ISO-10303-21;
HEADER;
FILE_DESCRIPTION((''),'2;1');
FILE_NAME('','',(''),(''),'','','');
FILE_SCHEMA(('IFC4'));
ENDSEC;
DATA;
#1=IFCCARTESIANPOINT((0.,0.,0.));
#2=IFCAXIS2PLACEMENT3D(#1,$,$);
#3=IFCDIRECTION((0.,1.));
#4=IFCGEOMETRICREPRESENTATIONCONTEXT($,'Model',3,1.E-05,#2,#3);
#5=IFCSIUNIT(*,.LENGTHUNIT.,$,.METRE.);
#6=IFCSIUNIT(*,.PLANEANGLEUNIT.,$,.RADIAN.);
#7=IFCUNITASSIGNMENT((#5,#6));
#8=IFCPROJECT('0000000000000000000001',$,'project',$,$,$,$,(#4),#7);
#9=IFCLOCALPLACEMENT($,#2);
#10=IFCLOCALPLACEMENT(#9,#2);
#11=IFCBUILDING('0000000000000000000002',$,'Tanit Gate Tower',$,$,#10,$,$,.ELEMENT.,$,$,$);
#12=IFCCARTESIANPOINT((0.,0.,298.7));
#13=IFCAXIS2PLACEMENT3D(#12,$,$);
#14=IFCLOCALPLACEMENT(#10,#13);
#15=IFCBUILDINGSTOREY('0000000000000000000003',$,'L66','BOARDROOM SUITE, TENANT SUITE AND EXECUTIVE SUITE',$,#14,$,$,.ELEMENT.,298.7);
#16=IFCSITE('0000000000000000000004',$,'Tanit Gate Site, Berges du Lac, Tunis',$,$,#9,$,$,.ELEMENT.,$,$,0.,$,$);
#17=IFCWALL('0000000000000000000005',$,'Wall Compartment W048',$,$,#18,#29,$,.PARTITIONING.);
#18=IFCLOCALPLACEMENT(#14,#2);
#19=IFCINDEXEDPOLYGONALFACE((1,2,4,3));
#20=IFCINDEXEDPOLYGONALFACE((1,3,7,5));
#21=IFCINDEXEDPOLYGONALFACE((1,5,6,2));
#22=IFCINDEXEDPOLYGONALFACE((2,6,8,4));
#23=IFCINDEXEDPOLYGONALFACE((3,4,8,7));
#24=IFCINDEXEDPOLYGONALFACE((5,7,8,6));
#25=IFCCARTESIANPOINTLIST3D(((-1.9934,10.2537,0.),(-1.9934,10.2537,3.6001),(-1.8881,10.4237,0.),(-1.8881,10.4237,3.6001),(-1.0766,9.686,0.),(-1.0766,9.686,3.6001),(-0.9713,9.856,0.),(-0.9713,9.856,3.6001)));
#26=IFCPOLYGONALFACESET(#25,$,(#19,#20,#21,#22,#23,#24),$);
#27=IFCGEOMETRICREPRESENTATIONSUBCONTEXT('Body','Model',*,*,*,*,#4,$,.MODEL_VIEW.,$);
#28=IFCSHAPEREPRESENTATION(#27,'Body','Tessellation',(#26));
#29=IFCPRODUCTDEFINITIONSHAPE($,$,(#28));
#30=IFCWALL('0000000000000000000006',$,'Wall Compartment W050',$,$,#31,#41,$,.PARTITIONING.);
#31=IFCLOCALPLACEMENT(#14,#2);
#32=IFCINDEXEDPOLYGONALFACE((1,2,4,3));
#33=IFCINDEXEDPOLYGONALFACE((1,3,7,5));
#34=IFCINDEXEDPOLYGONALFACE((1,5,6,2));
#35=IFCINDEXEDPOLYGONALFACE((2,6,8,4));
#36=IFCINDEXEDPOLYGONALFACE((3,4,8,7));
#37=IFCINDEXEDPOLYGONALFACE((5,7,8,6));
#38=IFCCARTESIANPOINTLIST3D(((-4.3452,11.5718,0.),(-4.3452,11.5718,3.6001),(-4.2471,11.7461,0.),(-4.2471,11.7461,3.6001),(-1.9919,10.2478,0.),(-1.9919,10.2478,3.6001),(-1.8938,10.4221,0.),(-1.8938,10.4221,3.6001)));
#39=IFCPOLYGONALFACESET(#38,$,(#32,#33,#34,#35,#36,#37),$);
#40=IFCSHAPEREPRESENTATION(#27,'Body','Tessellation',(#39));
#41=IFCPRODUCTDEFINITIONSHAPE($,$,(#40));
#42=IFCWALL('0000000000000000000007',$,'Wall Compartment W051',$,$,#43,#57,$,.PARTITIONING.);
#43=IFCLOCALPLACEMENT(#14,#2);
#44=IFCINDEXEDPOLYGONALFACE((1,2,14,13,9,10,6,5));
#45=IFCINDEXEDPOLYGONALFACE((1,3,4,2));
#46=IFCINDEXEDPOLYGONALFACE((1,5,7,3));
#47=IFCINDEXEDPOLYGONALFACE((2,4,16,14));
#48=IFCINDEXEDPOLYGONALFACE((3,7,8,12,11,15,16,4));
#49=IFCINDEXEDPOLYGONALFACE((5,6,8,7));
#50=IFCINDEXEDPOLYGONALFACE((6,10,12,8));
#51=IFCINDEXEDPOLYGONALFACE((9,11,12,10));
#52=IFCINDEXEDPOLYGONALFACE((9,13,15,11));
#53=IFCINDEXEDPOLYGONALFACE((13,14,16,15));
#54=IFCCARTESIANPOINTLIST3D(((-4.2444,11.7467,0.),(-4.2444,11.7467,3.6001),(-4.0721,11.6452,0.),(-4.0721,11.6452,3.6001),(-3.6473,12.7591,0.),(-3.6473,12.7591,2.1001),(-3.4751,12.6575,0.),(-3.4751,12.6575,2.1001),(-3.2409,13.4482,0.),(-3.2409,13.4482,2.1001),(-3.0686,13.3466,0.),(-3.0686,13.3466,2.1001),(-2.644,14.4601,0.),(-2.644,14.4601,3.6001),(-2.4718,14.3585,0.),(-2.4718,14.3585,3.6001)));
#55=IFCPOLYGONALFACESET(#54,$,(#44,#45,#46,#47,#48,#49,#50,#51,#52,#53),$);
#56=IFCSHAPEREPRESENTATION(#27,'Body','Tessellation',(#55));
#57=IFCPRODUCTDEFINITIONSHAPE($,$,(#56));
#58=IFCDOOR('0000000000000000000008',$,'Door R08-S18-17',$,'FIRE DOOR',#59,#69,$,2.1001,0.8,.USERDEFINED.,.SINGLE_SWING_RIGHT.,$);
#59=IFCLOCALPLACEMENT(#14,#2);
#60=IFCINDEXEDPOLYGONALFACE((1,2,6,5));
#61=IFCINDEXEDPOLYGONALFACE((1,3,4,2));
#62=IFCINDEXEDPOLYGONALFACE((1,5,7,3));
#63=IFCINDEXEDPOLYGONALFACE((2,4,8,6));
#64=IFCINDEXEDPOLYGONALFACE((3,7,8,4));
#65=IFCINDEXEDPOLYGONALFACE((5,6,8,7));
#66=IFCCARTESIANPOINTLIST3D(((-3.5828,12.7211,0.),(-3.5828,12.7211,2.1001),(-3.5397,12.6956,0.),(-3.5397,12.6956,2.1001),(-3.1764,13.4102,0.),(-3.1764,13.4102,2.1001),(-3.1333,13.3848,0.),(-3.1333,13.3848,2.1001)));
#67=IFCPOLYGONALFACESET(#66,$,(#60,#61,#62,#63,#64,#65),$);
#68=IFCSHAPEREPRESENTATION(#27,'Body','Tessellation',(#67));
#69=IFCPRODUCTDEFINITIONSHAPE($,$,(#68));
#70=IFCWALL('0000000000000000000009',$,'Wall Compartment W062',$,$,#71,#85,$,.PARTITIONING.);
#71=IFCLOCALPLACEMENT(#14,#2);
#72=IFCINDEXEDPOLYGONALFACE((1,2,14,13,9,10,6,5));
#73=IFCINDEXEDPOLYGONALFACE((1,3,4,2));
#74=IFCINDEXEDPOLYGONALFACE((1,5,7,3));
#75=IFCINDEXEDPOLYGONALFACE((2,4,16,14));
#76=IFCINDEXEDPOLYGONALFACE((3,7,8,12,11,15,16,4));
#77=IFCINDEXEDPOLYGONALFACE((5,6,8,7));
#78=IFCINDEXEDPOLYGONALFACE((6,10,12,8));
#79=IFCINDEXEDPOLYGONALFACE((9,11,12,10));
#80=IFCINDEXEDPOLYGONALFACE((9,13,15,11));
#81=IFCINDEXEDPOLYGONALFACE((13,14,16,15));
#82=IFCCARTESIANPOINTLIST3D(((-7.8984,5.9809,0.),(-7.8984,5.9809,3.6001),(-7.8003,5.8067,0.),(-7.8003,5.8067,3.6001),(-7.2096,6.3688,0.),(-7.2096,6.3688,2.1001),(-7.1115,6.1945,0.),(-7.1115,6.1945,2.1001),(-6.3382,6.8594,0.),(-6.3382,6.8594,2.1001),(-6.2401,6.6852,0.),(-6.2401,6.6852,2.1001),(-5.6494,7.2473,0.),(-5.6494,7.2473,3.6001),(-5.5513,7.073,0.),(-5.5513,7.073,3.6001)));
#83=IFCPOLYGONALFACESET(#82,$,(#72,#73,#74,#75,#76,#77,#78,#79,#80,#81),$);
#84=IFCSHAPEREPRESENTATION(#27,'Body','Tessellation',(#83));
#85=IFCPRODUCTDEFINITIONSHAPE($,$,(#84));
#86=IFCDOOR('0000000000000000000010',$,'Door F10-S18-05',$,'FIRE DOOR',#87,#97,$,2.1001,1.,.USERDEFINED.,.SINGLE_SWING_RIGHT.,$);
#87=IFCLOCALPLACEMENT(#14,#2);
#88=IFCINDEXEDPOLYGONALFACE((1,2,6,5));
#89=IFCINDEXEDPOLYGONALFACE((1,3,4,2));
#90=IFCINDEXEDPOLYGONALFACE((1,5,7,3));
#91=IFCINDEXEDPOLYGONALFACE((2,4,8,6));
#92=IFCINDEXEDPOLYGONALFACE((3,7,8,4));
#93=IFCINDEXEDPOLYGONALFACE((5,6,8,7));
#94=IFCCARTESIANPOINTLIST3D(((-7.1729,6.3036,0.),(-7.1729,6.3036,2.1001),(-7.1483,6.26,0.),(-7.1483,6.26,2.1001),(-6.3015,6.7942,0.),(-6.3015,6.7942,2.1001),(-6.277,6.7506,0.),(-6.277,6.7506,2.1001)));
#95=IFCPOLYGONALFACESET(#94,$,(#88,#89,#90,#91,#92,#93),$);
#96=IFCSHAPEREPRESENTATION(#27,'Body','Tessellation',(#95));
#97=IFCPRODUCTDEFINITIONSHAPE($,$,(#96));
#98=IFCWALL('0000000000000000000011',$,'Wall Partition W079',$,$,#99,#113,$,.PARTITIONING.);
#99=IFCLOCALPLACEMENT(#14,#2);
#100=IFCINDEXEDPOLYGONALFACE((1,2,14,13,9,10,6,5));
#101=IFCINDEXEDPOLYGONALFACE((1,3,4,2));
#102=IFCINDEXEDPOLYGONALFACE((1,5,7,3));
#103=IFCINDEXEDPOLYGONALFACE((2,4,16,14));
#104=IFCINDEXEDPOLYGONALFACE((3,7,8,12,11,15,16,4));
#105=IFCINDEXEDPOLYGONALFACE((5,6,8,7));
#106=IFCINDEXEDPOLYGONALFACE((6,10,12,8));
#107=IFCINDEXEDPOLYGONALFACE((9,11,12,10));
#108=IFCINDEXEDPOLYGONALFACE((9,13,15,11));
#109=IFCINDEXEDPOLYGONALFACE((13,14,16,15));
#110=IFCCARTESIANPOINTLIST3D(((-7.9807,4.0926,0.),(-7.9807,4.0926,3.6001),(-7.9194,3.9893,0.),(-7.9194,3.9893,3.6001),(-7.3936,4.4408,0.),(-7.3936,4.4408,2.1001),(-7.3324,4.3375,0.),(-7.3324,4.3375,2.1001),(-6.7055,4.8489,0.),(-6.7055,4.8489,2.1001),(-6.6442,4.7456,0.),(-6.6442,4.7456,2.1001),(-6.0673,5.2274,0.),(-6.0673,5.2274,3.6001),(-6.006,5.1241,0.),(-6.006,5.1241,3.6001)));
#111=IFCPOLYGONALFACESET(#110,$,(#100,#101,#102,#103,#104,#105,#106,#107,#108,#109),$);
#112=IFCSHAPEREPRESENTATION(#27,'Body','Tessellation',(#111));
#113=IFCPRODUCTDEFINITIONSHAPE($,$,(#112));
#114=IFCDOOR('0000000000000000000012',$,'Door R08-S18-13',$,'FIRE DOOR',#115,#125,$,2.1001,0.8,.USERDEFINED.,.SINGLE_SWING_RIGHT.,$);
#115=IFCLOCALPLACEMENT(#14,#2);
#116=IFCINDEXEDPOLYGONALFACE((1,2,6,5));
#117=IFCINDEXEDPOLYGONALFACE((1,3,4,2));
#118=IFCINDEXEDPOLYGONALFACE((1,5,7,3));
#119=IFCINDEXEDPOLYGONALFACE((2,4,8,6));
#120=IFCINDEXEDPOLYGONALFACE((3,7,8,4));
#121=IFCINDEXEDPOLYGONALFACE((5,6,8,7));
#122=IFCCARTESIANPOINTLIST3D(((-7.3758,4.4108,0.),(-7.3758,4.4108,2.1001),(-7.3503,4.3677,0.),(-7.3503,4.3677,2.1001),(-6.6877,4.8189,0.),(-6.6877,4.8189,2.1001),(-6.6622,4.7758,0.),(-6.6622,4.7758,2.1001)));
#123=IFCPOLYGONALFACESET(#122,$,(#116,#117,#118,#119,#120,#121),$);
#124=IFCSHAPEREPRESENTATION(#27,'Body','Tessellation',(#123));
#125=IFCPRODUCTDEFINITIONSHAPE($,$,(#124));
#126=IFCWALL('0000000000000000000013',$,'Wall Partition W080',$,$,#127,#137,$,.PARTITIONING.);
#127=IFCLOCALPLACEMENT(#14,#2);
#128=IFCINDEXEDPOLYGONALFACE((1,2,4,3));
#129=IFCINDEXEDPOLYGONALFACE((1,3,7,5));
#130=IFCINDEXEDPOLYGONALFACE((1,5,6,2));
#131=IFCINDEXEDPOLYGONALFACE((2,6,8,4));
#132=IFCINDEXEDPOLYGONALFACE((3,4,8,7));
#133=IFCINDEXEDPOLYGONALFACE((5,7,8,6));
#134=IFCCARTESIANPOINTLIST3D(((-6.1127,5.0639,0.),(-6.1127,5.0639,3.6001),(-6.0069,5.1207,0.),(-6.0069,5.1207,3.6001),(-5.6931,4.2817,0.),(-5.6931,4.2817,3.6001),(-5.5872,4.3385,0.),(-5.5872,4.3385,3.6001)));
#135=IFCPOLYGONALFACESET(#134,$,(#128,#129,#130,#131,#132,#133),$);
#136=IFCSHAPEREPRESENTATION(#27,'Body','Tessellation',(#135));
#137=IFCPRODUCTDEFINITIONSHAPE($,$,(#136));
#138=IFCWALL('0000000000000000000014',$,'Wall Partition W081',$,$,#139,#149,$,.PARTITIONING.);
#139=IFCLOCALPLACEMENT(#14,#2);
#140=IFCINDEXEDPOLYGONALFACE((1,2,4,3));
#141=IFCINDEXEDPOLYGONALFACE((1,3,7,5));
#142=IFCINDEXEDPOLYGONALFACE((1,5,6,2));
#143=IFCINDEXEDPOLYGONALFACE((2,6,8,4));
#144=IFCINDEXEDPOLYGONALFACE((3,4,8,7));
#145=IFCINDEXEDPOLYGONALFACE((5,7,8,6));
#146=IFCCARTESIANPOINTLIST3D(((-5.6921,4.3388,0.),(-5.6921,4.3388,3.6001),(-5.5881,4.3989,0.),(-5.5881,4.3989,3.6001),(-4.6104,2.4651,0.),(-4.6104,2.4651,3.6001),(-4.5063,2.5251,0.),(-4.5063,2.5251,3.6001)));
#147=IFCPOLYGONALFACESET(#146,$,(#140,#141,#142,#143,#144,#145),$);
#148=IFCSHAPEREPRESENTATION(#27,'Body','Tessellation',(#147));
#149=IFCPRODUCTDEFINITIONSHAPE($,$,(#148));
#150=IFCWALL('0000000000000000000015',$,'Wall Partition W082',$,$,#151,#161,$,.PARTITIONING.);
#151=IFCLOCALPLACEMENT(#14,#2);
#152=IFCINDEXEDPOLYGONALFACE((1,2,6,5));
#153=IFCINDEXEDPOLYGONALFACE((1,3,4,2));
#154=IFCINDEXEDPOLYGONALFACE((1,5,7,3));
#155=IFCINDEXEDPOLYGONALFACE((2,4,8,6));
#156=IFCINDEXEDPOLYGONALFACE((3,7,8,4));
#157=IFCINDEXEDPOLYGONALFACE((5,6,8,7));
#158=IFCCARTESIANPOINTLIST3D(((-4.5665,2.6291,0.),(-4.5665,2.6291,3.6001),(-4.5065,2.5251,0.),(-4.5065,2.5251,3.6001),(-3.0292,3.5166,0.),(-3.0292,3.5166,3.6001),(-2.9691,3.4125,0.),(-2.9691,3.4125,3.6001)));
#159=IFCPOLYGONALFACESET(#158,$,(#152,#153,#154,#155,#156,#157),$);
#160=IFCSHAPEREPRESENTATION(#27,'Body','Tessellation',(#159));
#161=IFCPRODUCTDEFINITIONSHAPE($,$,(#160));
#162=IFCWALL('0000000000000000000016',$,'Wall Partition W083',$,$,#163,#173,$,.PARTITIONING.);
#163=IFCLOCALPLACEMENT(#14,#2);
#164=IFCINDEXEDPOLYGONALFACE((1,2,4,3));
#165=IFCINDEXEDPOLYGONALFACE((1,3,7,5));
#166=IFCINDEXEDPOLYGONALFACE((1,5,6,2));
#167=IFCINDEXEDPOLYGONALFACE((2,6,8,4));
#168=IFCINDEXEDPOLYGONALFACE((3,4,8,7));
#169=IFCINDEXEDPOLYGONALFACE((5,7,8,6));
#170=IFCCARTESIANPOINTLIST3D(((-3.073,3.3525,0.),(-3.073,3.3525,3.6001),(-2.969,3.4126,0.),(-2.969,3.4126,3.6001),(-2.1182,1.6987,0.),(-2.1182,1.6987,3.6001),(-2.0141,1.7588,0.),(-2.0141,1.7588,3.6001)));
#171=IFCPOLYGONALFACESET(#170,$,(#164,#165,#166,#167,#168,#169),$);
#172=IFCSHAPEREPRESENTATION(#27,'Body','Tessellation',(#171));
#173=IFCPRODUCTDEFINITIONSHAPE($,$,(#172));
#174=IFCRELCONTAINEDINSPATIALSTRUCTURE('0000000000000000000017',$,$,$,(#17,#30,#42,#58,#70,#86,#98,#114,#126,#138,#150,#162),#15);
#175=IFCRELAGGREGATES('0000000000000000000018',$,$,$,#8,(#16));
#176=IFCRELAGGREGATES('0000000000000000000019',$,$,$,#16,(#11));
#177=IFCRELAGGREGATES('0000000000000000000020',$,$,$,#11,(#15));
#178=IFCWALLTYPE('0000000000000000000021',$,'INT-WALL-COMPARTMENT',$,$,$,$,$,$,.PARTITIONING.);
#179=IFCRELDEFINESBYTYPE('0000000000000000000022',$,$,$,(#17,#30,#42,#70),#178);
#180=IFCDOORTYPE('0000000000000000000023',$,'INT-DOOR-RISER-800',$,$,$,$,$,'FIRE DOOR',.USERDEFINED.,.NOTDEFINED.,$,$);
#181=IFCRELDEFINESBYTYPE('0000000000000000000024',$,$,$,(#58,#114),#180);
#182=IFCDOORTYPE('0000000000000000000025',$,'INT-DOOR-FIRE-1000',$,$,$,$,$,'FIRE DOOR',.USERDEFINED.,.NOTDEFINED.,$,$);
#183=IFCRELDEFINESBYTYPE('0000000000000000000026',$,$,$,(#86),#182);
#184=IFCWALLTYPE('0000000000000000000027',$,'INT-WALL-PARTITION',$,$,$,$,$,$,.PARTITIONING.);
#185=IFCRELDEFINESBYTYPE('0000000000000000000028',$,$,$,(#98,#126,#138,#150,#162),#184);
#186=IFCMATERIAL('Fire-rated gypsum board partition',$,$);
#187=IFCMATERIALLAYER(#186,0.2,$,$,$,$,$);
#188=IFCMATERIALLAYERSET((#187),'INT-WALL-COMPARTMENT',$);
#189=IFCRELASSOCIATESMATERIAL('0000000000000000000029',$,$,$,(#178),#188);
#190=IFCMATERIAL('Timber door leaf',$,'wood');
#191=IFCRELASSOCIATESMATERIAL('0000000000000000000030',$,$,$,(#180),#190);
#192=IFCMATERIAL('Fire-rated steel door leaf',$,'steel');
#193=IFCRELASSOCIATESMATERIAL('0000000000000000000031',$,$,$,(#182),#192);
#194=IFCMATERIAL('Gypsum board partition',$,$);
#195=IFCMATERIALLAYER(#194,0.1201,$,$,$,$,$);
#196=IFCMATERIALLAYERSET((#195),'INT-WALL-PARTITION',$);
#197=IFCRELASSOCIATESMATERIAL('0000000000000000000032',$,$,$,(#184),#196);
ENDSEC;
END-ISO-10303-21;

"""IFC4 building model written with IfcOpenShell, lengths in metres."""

from ifc_helpers import new_model, si_unit, direction, frame, frame_2d, origin, place, context, subcontext, project, spatial, rectangle, extrude, material, layer, layer_set, type_object, element, fill, save


model = new_model("IFC4")

# Units and contexts
model_context = context("Model", 3, precision=1e-05, world=origin(), true_north=direction((0.0, 1.0)))
body_context = subcontext(model_context, "Body", "Model", "MODEL_VIEW")
ifc_project = project(units=[si_unit("LENGTHUNIT", "METRE"), si_unit("PLANEANGLEUNIT", "RADIAN")], contexts=[model_context])

# Site, building, storey
site_placement = place(None, origin())
site = spatial("IfcSite", under=ifc_project, at=site_placement, Name="Tanit Gate Site, Berges du Lac, Tunis", CompositionType="ELEMENT", RefElevation=0.0)
building_placement = place(site_placement, origin())
building = spatial("IfcBuilding", under=site, at=building_placement, Name="Tanit Gate Tower", CompositionType="ELEMENT")
storey_placement = place(building_placement, frame((0.0, 0.0, 298.7)))
storey = spatial("IfcBuildingStorey", under=building, at=storey_placement, Name="L66", Description="BOARDROOM SUITE, TENANT SUITE AND EXECUTIVE SUITE", CompositionType="ELEMENT", Elevation=298.7)

# Walls
ifc_material_1 = material(Name="Fire-rated gypsum board partition")
ifc_layer_1 = layer(ifc_material_1, 0.2)
ifc_layer_set_1 = layer_set([ifc_layer_1], Name="INT-WALL-COMPARTMENT")
wall_type_1 = type_object("IfcWallType", Name="INT-WALL-COMPARTMENT", PredefinedType="PARTITIONING", material=ifc_layer_set_1)
wall_1_placement = place(storey_placement, frame((-1.9407, 10.3386, 0.0), z_axis=(0.0, 0.0, 1.0), x_axis=(0.850217, -0.526433, 0.0)))
element("IfcWall", 1, at=wall_1_placement, inside=storey, type_object=wall_type_1, Name="Wall Compartment W048", PredefinedType="PARTITIONING", context=body_context, shape_type="SweptSolid", body=[
    extrude(rectangle(XDim=1.0784, YDim=0.2, at=frame_2d((0.5391, 0.0))), origin(), (0.0, 0.0, 1.0), 3.6001),
])
wall_2_placement = place(storey_placement, frame((-4.2961, 11.6589, 0.0), z_axis=(0.0, 0.0, 1.0), x_axis=(0.871534, -0.490334, 0.0)))
element("IfcWall", 2, at=wall_2_placement, inside=storey, type_object=wall_type_1, Name="Wall Compartment W050", PredefinedType="PARTITIONING", context=body_context, shape_type="SweptSolid", body=[
    extrude(rectangle(XDim=2.7002, YDim=0.2, at=frame_2d((1.3501, 0.0))), origin(), (0.0, 0.0, 1.0), 3.6001),
])

# Walls, openings, doors
wall_3_placement = place(storey_placement, frame((-2.5579, 14.4094, 0.0), z_axis=(0.0, 0.0, 1.0), x_axis=(-0.508019, -0.861346, 0.0)))
wall_3 = element("IfcWall", 3, at=wall_3_placement, inside=storey, type_object=wall_type_1, Name="Wall Compartment W051", PredefinedType="PARTITIONING", context=body_context, shape_type="SweptSolid", body=[
    extrude(rectangle(XDim=3.1501, YDim=0.2, at=frame_2d((1.5752, 0.0))), origin(), (0.0, 0.0, 1.0), 3.6001),
])
opening_1_placement = place(wall_3_placement, frame((1.175, 0.0, 0.0)))
opening_1 = element("IfcOpeningElement", 4, at=opening_1_placement, cuts=wall_3, PredefinedType="OPENING", context=body_context, shape_type="SweptSolid", body=[
    extrude(rectangle(XDim=0.8, YDim=2.1001, at=frame_2d((0.3999, 1.05))), frame((0.0, 0.1099, 0.0), z_axis=(0.0, -1.0, 0.0), x_axis=(1.0, 0.0, 0.0)), (0.0, 0.0, 1.0), 0.22),
])
ifc_material_2 = material(Name="Timber door leaf", Category="wood")
door_type_1 = type_object("IfcDoorType", Name="INT-DOOR-RISER-800", ElementType="FIRE DOOR", OperationType="NOTDEFINED", PredefinedType="USERDEFINED", material=ifc_material_2)
door_1_placement = place(opening_1_placement, origin())
door_1 = element("IfcDoor", 5, at=door_1_placement, inside=storey, type_object=door_type_1, Name="Door R08-S18-17", ObjectType="FIRE DOOR", OperationType="SINGLE_SWING_RIGHT", OverallHeight=2.1001, OverallWidth=0.8, PredefinedType="USERDEFINED", context=body_context, shape_type="SweptSolid", body=[
    extrude(rectangle(XDim=0.8, YDim=2.1001, at=frame_2d((0.3999, 1.05))), frame((0.0, 0.0249, 0.0), z_axis=(0.0, -1.0, 0.0), x_axis=(1.0, 0.0, 0.0)), (0.0, 0.0, 1.0), 0.05),
])
fill(opening_1, door_1)
wall_4_placement = place(storey_placement, frame((-5.6003, 7.1602, 0.0), z_axis=(0.0, 0.0, 1.0), x_axis=(-0.871363, -0.490638, 0.0)))
wall_4 = element("IfcWall", 6, at=wall_4_placement, inside=storey, type_object=wall_type_1, Name="Wall Compartment W062", PredefinedType="PARTITIONING", context=body_context, shape_type="SweptSolid", body=[
    extrude(rectangle(XDim=2.5811, YDim=0.2, at=frame_2d((1.2905, 0.0))), origin(), (0.0, 0.0, 1.0), 3.6001),
])
opening_2_placement = place(wall_4_placement, frame((0.7905, 0.0, 0.0)))
opening_2 = element("IfcOpeningElement", 7, at=opening_2_placement, cuts=wall_4, PredefinedType="OPENING", context=body_context, shape_type="SweptSolid", body=[
    extrude(rectangle(XDim=1.0, YDim=2.1001, at=frame_2d((0.5, 1.05))), frame((0.0, 0.1099, 0.0), z_axis=(0.0, -1.0, 0.0), x_axis=(1.0, 0.0, 0.0)), (0.0, 0.0, 1.0), 0.22),
])
ifc_material_3 = material(Name="Fire-rated steel door leaf", Category="steel")
door_type_2 = type_object("IfcDoorType", Name="INT-DOOR-FIRE-1000", ElementType="FIRE DOOR", OperationType="NOTDEFINED", PredefinedType="USERDEFINED", material=ifc_material_3)
door_2_placement = place(opening_2_placement, origin())
door_2 = element("IfcDoor", 8, at=door_2_placement, inside=storey, type_object=door_type_2, Name="Door F10-S18-05", ObjectType="FIRE DOOR", OperationType="SINGLE_SWING_RIGHT", OverallHeight=2.1001, OverallWidth=1.0, PredefinedType="USERDEFINED", context=body_context, shape_type="SweptSolid", body=[
    extrude(rectangle(XDim=1.0, YDim=2.1001, at=frame_2d((0.5, 1.05))), frame((0.0, 0.0249, 0.0), z_axis=(0.0, -1.0, 0.0), x_axis=(1.0, 0.0, 0.0)), (0.0, 0.0, 1.0), 0.05),
])
fill(opening_2, door_2)
ifc_material_4 = material(Name="Gypsum board partition")
ifc_layer_2 = layer(ifc_material_4, 0.1201)
ifc_layer_set_2 = layer_set([ifc_layer_2], Name="INT-WALL-PARTITION")
wall_type_2 = type_object("IfcWallType", Name="INT-WALL-PARTITION", PredefinedType="PARTITIONING", material=ifc_layer_set_2)
wall_5_placement = place(storey_placement, frame((-6.0366, 5.1758, 0.0), z_axis=(0.0, 0.0, 1.0), x_axis=(-0.860106, -0.510115, 0.0)))
wall_5 = element("IfcWall", 9, at=wall_5_placement, inside=storey, type_object=wall_type_2, Name="Wall Partition W079", PredefinedType="PARTITIONING", context=body_context, shape_type="SweptSolid", body=[
    extrude(rectangle(XDim=2.2246, YDim=0.1201, at=frame_2d((1.1123, 0.0))), origin(), (0.0, 0.0, 1.0), 3.6001),
])
opening_3_placement = place(wall_5_placement, frame((0.7422, 0.0, 0.0)))
opening_3 = element("IfcOpeningElement", 10, at=opening_3_placement, cuts=wall_5, PredefinedType="OPENING", context=body_context, shape_type="SweptSolid", body=[
    extrude(rectangle(XDim=0.8, YDim=2.1001, at=frame_2d((0.3999, 1.05))), frame((0.0, 0.0701, 0.0), z_axis=(0.0, -1.0, 0.0), x_axis=(1.0, 0.0, 0.0)), (0.0, 0.0, 1.0), 0.1401),
])
door_3_placement = place(opening_3_placement, origin())
door_3 = element("IfcDoor", 11, at=door_3_placement, inside=storey, type_object=door_type_1, Name="Door R08-S18-13", ObjectType="FIRE DOOR", OperationType="SINGLE_SWING_RIGHT", OverallHeight=2.1001, OverallWidth=0.8, PredefinedType="USERDEFINED", context=body_context, shape_type="SweptSolid", body=[
    extrude(rectangle(XDim=0.8, YDim=2.1001, at=frame_2d((0.3999, 1.05))), frame((0.0, 0.0249, 0.0), z_axis=(0.0, -1.0, 0.0), x_axis=(1.0, 0.0, 0.0)), (0.0, 0.0, 1.0), 0.05),
])
fill(opening_3, door_3)

# Walls
wall_6_placement = place(storey_placement, frame((-5.6401, 4.3101, 0.0), z_axis=(0.0, 0.0, 1.0), x_axis=(-0.472771, 0.881185, 0.0)))
element("IfcWall", 12, at=wall_6_placement, inside=storey, type_object=wall_type_2, Name="Wall Partition W080", PredefinedType="PARTITIONING", context=body_context, shape_type="SweptSolid", body=[
    extrude(rectangle(XDim=0.8877, YDim=0.1201, at=frame_2d((0.4438, 0.0))), origin(), (0.0, 0.0, 1.0), 3.6001),
])
wall_7_placement = place(storey_placement, frame((-4.5583, 2.4951, 0.0), z_axis=(0.0, 0.0, 1.0), x_axis=(-0.499986, 0.866033, 0.0)))
element("IfcWall", 13, at=wall_7_placement, inside=storey, type_object=wall_type_2, Name="Wall Partition W081", PredefinedType="PARTITIONING", context=body_context, shape_type="SweptSolid", body=[
    extrude(rectangle(XDim=2.1636, YDim=0.1201, at=frame_2d((1.0818, 0.0))), origin(), (0.0, 0.0, 1.0), 3.6001),
])
wall_8_placement = place(storey_placement, frame((-2.999, 3.4646, 0.0), z_axis=(0.0, 0.0, 1.0), x_axis=(-0.86606, -0.499941, 0.0)))
element("IfcWall", 14, at=wall_8_placement, inside=storey, type_object=wall_type_2, Name="Wall Partition W082", PredefinedType="PARTITIONING", context=body_context, shape_type="SweptSolid", body=[
    extrude(rectangle(XDim=1.7751, YDim=0.1201, at=frame_2d((0.8877, 0.0))), origin(), (0.0, 0.0, 1.0), 3.6001),
])
wall_9_placement = place(storey_placement, frame((-2.0662, 1.7288, 0.0), z_axis=(0.0, 0.0, 1.0), x_axis=(-0.500003, 0.866024, 0.0)))
element("IfcWall", 15, at=wall_9_placement, inside=storey, type_object=wall_type_2, Name="Wall Partition W083", PredefinedType="PARTITIONING", context=body_context, shape_type="SweptSolid", body=[
    extrude(rectangle(XDim=1.9097, YDim=0.1201, at=frame_2d((0.9548, 0.0))), origin(), (0.0, 0.0, 1.0), 3.6001),
])

save(model, "model.ifc")
